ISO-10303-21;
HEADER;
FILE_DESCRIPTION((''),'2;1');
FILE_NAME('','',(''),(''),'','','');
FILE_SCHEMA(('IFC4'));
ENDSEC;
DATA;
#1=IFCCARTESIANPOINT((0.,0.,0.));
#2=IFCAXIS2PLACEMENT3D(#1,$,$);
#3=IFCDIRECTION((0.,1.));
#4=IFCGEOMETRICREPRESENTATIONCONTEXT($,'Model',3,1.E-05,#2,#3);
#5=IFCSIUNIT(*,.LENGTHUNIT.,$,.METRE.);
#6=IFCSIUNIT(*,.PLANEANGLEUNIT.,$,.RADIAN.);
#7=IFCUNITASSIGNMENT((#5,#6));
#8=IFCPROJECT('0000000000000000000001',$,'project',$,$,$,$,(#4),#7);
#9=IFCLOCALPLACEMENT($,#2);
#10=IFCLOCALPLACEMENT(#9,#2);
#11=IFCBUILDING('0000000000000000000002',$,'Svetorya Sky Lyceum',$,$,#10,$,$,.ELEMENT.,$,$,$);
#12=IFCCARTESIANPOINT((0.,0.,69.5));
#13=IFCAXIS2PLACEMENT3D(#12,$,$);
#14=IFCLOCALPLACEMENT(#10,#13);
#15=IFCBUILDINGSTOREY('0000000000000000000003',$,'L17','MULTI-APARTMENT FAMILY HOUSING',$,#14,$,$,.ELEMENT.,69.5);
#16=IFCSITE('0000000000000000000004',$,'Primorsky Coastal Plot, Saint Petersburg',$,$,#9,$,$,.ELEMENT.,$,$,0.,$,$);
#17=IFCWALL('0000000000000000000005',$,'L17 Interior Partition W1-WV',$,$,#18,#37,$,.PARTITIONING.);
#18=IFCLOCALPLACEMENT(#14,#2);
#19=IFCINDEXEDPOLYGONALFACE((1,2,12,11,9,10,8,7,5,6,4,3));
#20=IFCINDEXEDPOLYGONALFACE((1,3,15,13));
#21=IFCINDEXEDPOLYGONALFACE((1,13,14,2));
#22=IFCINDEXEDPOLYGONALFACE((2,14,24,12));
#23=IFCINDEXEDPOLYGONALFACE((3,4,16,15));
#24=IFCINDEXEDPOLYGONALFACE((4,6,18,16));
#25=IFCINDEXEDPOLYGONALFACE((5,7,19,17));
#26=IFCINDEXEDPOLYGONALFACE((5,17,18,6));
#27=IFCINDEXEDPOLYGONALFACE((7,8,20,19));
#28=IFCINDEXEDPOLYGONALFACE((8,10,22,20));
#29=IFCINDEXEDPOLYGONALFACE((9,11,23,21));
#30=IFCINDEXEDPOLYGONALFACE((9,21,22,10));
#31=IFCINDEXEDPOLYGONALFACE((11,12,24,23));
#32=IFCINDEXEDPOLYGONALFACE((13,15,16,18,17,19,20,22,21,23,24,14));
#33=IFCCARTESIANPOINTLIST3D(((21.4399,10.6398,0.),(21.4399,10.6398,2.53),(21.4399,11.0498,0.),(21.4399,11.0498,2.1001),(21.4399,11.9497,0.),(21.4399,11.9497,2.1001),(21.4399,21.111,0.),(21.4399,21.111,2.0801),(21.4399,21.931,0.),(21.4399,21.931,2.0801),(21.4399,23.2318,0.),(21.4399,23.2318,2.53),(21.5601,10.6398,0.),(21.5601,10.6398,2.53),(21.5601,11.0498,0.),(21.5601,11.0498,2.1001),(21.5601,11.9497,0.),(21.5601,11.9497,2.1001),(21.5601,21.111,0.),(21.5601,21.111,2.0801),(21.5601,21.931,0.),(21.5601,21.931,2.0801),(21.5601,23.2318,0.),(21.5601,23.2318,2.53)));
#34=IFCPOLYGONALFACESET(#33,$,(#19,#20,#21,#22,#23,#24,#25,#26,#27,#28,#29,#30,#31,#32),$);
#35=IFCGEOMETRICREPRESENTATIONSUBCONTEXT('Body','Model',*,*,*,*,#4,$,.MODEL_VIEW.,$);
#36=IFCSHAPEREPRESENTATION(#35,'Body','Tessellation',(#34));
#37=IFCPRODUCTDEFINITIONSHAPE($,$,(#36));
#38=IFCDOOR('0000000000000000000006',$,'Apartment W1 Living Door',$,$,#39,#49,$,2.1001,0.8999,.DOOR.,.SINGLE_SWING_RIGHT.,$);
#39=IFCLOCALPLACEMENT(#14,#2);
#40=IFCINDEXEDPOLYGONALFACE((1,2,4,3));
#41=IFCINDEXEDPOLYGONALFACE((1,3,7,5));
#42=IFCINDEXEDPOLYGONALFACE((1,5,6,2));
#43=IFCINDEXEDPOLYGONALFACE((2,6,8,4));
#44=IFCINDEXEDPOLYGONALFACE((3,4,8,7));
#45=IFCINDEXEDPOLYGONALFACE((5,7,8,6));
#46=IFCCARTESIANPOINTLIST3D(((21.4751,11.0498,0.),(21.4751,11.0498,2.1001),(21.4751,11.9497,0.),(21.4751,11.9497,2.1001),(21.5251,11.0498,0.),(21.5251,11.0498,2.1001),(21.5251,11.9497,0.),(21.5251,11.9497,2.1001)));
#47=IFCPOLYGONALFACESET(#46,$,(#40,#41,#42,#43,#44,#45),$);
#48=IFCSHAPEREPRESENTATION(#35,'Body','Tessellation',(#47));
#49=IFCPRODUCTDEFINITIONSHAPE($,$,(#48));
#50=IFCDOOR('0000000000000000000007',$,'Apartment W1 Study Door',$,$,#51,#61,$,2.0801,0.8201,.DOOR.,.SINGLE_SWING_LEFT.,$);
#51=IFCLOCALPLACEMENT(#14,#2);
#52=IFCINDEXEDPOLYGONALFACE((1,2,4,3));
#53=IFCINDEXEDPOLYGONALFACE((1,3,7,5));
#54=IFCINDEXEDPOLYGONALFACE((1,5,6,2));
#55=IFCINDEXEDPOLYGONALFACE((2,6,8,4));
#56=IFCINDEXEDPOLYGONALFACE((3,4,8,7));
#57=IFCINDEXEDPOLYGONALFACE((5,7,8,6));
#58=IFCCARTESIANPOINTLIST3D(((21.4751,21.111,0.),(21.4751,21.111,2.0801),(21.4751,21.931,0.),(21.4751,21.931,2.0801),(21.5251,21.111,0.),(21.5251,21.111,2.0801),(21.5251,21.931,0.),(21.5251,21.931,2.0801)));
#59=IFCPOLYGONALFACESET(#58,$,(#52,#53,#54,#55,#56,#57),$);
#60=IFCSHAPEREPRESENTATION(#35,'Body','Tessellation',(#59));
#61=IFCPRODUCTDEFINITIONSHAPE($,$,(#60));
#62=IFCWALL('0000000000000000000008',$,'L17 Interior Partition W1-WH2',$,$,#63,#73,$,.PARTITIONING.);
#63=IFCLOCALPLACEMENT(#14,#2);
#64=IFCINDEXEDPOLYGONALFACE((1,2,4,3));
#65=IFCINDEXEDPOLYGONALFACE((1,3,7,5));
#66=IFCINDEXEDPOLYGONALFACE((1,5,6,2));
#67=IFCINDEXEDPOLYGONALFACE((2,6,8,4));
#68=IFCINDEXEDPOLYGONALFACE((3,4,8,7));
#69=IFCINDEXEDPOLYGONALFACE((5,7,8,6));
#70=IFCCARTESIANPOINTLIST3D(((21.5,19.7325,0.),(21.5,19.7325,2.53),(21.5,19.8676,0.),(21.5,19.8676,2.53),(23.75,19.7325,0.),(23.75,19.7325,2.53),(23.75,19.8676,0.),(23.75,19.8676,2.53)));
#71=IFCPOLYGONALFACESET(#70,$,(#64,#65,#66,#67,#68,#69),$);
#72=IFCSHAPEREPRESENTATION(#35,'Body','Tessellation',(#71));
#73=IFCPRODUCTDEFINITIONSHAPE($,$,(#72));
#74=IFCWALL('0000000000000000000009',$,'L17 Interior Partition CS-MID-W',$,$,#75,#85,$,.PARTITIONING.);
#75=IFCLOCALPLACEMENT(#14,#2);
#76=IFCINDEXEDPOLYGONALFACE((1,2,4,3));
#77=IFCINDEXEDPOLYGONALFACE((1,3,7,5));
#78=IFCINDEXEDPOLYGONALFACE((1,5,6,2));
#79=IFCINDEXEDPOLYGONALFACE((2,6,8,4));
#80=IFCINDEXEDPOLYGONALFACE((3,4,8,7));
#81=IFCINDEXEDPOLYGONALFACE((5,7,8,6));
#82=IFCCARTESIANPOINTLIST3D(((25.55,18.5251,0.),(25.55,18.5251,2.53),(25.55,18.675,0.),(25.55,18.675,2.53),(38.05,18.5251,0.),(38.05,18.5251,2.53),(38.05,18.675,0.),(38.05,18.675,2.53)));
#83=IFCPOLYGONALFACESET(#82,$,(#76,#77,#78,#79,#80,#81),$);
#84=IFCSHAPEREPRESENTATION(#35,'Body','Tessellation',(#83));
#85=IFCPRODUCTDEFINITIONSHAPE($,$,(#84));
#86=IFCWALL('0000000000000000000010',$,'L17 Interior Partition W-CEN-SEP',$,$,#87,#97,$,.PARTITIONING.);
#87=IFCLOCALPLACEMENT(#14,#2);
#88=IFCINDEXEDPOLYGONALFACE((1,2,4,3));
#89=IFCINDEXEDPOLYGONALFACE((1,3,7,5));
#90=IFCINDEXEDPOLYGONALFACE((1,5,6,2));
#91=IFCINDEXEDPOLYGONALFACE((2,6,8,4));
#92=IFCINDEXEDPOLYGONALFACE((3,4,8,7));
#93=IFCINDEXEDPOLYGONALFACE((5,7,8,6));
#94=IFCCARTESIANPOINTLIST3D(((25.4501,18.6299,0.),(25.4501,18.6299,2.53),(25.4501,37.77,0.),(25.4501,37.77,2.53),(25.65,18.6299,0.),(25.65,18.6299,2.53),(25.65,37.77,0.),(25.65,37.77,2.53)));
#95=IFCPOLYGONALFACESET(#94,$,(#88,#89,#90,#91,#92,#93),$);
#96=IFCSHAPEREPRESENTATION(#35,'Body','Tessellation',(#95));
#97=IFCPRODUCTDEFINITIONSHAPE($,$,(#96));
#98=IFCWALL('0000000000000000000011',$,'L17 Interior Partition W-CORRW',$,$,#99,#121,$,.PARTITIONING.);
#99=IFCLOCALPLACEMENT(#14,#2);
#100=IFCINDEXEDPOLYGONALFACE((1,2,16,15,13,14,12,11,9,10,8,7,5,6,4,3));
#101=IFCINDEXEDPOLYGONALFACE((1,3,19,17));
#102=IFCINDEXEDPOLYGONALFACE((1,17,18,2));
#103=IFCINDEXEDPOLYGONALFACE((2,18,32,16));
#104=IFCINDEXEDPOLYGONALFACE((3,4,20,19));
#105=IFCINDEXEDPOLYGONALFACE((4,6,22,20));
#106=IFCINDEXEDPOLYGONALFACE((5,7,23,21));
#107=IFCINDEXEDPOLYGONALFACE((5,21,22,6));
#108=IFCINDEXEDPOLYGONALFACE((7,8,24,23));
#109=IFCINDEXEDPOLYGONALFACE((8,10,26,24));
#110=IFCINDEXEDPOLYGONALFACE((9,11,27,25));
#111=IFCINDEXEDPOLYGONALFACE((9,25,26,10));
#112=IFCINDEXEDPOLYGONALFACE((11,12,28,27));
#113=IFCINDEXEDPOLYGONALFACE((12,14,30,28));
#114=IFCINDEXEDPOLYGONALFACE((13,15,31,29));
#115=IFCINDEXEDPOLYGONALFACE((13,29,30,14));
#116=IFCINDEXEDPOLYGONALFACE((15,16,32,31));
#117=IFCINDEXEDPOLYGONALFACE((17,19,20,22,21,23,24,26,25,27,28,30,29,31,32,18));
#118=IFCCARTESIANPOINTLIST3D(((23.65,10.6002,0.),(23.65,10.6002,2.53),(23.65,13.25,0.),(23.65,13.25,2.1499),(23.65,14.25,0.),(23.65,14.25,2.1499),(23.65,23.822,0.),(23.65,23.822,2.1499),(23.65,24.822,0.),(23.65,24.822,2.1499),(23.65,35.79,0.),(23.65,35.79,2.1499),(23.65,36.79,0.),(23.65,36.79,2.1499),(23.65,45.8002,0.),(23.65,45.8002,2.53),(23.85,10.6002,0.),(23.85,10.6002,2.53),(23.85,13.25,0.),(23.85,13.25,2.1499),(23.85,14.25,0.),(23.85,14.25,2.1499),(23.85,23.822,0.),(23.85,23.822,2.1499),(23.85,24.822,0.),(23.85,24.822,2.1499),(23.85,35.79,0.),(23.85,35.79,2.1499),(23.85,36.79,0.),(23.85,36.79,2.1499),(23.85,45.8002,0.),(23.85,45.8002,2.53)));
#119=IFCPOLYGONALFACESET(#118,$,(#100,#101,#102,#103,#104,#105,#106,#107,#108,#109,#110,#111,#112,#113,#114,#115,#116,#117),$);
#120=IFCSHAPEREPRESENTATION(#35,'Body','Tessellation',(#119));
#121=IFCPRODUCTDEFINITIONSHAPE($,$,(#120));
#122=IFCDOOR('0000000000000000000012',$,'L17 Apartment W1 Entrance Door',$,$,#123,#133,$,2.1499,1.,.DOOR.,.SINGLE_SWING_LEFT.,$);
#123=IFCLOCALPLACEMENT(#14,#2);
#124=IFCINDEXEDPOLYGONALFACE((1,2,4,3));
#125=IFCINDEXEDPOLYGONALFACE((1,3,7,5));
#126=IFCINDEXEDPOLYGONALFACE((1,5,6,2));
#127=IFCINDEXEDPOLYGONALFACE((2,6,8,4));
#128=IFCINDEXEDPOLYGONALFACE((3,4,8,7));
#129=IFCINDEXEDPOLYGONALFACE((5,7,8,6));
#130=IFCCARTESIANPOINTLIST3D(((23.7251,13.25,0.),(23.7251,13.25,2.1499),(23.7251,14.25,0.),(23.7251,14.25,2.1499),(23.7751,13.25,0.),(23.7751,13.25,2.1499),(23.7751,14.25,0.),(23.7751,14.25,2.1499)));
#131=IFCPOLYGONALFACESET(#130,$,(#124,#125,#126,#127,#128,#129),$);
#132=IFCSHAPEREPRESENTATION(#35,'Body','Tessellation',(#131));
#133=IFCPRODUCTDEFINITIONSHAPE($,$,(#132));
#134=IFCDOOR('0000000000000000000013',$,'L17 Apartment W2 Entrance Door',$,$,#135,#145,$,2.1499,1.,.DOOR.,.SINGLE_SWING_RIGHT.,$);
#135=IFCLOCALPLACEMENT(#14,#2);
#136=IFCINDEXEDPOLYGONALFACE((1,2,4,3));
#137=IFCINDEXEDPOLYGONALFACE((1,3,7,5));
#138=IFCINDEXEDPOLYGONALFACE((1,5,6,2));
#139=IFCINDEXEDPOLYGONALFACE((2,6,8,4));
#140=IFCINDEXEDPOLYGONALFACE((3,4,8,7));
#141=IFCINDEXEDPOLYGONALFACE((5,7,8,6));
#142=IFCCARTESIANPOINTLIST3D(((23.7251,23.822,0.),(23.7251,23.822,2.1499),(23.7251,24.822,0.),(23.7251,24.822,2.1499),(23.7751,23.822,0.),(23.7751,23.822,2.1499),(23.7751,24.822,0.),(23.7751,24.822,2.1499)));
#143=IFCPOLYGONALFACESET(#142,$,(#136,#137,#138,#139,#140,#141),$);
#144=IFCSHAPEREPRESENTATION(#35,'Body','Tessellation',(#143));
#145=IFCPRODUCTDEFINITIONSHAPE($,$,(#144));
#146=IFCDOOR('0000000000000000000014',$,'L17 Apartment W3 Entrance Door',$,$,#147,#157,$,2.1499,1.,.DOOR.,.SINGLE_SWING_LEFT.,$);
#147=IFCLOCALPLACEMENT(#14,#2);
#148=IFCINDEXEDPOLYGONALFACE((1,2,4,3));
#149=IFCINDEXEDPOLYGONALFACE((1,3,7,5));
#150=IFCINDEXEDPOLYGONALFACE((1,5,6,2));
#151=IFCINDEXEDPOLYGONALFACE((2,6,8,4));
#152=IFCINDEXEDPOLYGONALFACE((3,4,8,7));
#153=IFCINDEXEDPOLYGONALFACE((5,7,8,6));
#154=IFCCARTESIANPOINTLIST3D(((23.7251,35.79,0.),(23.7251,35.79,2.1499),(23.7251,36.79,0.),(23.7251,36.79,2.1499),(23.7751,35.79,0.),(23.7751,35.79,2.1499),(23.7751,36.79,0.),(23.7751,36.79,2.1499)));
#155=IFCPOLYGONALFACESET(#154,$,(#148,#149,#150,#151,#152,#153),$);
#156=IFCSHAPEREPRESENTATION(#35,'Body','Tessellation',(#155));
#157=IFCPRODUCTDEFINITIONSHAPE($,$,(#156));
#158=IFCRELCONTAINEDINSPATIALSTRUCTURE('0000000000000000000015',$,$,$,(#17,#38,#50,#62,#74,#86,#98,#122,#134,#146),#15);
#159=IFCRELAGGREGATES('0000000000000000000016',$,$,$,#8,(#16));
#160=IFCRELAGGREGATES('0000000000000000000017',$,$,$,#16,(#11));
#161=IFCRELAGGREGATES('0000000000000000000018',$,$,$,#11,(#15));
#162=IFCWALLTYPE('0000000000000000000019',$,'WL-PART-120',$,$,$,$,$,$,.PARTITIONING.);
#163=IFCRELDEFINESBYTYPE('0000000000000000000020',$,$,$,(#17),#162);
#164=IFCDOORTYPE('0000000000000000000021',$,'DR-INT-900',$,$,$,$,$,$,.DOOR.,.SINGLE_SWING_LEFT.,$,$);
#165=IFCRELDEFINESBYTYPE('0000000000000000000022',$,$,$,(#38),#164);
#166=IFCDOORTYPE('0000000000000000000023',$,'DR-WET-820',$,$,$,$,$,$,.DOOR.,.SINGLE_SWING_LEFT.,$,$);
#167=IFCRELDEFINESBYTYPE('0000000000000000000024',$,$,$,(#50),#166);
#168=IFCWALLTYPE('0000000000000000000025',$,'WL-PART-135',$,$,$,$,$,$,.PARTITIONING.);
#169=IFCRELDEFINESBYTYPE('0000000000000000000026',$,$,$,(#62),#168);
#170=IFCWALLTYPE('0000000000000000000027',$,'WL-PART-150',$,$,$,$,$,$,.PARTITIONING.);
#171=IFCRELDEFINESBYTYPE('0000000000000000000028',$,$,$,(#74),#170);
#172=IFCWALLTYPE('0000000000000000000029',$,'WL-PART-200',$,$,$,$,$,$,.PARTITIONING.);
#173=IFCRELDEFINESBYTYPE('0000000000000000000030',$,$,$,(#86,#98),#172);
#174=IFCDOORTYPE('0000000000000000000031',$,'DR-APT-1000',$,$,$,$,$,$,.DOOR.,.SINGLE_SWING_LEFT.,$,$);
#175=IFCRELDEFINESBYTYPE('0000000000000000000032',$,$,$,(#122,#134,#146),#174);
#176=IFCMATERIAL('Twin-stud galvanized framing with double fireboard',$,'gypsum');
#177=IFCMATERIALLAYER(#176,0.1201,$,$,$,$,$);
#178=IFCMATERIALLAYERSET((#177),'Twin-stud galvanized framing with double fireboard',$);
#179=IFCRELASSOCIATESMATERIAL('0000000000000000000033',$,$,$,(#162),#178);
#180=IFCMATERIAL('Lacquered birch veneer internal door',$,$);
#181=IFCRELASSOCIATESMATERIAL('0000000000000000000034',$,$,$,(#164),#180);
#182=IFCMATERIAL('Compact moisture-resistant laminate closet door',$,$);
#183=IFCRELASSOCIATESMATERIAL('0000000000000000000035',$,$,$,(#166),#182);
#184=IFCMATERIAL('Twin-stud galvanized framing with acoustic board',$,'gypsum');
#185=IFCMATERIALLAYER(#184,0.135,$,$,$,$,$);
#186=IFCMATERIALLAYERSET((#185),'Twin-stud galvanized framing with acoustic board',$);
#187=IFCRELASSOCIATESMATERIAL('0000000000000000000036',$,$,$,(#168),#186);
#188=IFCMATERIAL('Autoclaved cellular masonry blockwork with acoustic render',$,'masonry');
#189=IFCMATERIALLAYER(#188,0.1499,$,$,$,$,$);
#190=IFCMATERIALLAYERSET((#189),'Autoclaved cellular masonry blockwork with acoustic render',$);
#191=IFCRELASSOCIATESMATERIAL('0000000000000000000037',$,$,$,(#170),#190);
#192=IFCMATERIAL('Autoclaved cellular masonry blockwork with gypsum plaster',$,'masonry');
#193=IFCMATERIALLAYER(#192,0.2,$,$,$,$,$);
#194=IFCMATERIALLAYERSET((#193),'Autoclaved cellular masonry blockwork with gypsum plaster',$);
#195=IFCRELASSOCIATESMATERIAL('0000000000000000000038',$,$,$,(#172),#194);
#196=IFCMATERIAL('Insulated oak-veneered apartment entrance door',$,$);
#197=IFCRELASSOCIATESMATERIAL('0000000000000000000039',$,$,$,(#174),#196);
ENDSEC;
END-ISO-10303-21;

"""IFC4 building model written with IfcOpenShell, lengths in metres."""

from ifc_helpers import new_model, si_unit, direction, frame, frame_2d, origin, place, context, subcontext, project, spatial, rectangle, extrude, material, layer, layer_set, type_object, element, fill, save


model = new_model("IFC4")

# Units and contexts
model_context = context("Model", 3, precision=1e-05, world=origin(), true_north=direction((0.0, 1.0)))
body_context = subcontext(model_context, "Body", "Model", "MODEL_VIEW")
ifc_project = project(units=[si_unit("LENGTHUNIT", "METRE"), si_unit("PLANEANGLEUNIT", "RADIAN")], contexts=[model_context])

# Site, building, storey
site_placement = place(None, origin())
site = spatial("IfcSite", under=ifc_project, at=site_placement, Name="Primorsky Coastal Plot, Saint Petersburg", CompositionType="ELEMENT", RefElevation=0.0)
building_placement = place(site_placement, origin())
building = spatial("IfcBuilding", under=site, at=building_placement, Name="Svetorya Sky Lyceum", CompositionType="ELEMENT")
storey_placement = place(building_placement, frame((0.0, 0.0, 69.5)))
storey = spatial("IfcBuildingStorey", under=building, at=storey_placement, Name="L17", Description="MULTI-APARTMENT FAMILY HOUSING", CompositionType="ELEMENT", Elevation=69.5)

# Shared definitions
ifc_material_1 = material(Name="Twin-stud galvanized framing with double fireboard", Category="gypsum")
ifc_layer_1 = layer(ifc_material_1, 0.1201)
ifc_layer_set_1 = layer_set([ifc_layer_1], Name="Twin-stud galvanized framing with double fireboard")
wall_type_1 = type_object("IfcWallType", Name="WL-PART-120", PredefinedType="PARTITIONING", material=ifc_layer_set_1)

# Wall, openings, doors
wall_1_placement = place(storey_placement, frame((21.5, 10.6399, 0.0), z_axis=(0.0, 0.0, 1.0), x_axis=(0.0, 1.0, 0.0)))
wall_1 = element("IfcWall", 1, at=wall_1_placement, inside=storey, type_object=wall_type_1, Name="L17 Interior Partition W1-WV", PredefinedType="PARTITIONING", context=body_context, shape_type="SweptSolid", body=[
    extrude(rectangle(XDim=12.592, YDim=0.1201, at=frame_2d((6.2959, 0.0))), origin(), (0.0, 0.0, 1.0), 2.53),
])
opening_1_placement = place(wall_1_placement, frame((0.4099, 0.0, 0.0)))
opening_1 = element("IfcOpeningElement", 2, at=opening_1_placement, cuts=wall_1, PredefinedType="OPENING", context=body_context, shape_type="SweptSolid", body=[
    extrude(rectangle(XDim=0.8999, YDim=2.1001, at=frame_2d((0.45, 1.05))), frame((0.0, 0.0701, 0.0), z_axis=(0.0, -1.0, 0.0), x_axis=(1.0, 0.0, 0.0)), (0.0, 0.0, 1.0), 0.1401),
])
opening_2_placement = place(wall_1_placement, frame((10.4709, 0.0, 0.0)))
opening_2 = element("IfcOpeningElement", 3, at=opening_2_placement, cuts=wall_1, PredefinedType="OPENING", context=body_context, shape_type="SweptSolid", body=[
    extrude(rectangle(XDim=0.8201, YDim=2.0801, at=frame_2d((0.4102, 1.04))), frame((0.0, 0.0701, 0.0), z_axis=(0.0, -1.0, 0.0), x_axis=(1.0, 0.0, 0.0)), (0.0, 0.0, 1.0), 0.1401),
])
ifc_material_2 = material(Name="Lacquered birch veneer internal door")
door_type_1 = type_object("IfcDoorType", Name="DR-INT-900", OperationType="SINGLE_SWING_LEFT", PredefinedType="DOOR", material=ifc_material_2)
door_1_placement = place(opening_1_placement, origin())
door_1 = element("IfcDoor", 4, at=door_1_placement, inside=storey, type_object=door_type_1, Name="Apartment W1 Living Door", OperationType="SINGLE_SWING_RIGHT", OverallHeight=2.1001, OverallWidth=0.8999, PredefinedType="DOOR", context=body_context, shape_type="SweptSolid", body=[
    extrude(rectangle(XDim=0.8999, YDim=2.1001, at=frame_2d((0.45, 1.05))), frame((0.0, 0.0249, 0.0), z_axis=(0.0, -1.0, 0.0), x_axis=(1.0, 0.0, 0.0)), (0.0, 0.0, 1.0), 0.05),
])
fill(opening_1, door_1)
ifc_material_3 = material(Name="Compact moisture-resistant laminate closet door")
door_type_2 = type_object("IfcDoorType", Name="DR-WET-820", OperationType="SINGLE_SWING_LEFT", PredefinedType="DOOR", material=ifc_material_3)
door_2_placement = place(opening_2_placement, origin())
door_2 = element("IfcDoor", 5, at=door_2_placement, inside=storey, type_object=door_type_2, Name="Apartment W1 Study Door", OperationType="SINGLE_SWING_LEFT", OverallHeight=2.0801, OverallWidth=0.8201, PredefinedType="DOOR", context=body_context, shape_type="SweptSolid", body=[
    extrude(rectangle(XDim=0.8201, YDim=2.0801, at=frame_2d((0.4102, 1.04))), frame((0.0, 0.0249, 0.0), z_axis=(0.0, -1.0, 0.0), x_axis=(1.0, 0.0, 0.0)), (0.0, 0.0, 1.0), 0.05),
])
fill(opening_2, door_2)

# Walls
ifc_material_4 = material(Name="Twin-stud galvanized framing with acoustic board", Category="gypsum")
ifc_layer_2 = layer(ifc_material_4, 0.135)
ifc_layer_set_2 = layer_set([ifc_layer_2], Name="Twin-stud galvanized framing with acoustic board")
wall_type_2 = type_object("IfcWallType", Name="WL-PART-135", PredefinedType="PARTITIONING", material=ifc_layer_set_2)
wall_2_placement = place(storey_placement, frame((21.5, 19.8, 0.0), z_axis=(0.0, 0.0, 1.0), x_axis=(1.0, 0.0, 0.0)))
element("IfcWall", 6, at=wall_2_placement, inside=storey, type_object=wall_type_2, Name="L17 Interior Partition W1-WH2", PredefinedType="PARTITIONING", context=body_context, shape_type="SweptSolid", body=[
    extrude(rectangle(XDim=2.25, YDim=0.135, at=frame_2d((1.125, 0.0))), origin(), (0.0, 0.0, 1.0), 2.53),
])
ifc_material_5 = material(Name="Autoclaved cellular masonry blockwork with acoustic render", Category="masonry")
ifc_layer_3 = layer(ifc_material_5, 0.1499)
ifc_layer_set_3 = layer_set([ifc_layer_3], Name="Autoclaved cellular masonry blockwork with acoustic render")
wall_type_3 = type_object("IfcWallType", Name="WL-PART-150", PredefinedType="PARTITIONING", material=ifc_layer_set_3)
wall_3_placement = place(storey_placement, frame((25.55, 18.6001, 0.0), z_axis=(0.0, 0.0, 1.0), x_axis=(1.0, 0.0, 0.0)))
element("IfcWall", 7, at=wall_3_placement, inside=storey, type_object=wall_type_3, Name="L17 Interior Partition CS-MID-W", PredefinedType="PARTITIONING", context=body_context, shape_type="SweptSolid", body=[
    extrude(rectangle(XDim=12.5, YDim=0.1499, at=frame_2d((6.25, 0.0))), origin(), (0.0, 0.0, 1.0), 2.53),
])
ifc_material_6 = material(Name="Autoclaved cellular masonry blockwork with gypsum plaster", Category="masonry")
ifc_layer_4 = layer(ifc_material_6, 0.2)
ifc_layer_set_4 = layer_set([ifc_layer_4], Name="Autoclaved cellular masonry blockwork with gypsum plaster")
wall_type_4 = type_object("IfcWallType", Name="WL-PART-200", PredefinedType="PARTITIONING", material=ifc_layer_set_4)
wall_4_placement = place(storey_placement, frame((25.55, 18.6299, 0.0), z_axis=(0.0, 0.0, 1.0), x_axis=(0.0, 1.0, 0.0)))
element("IfcWall", 8, at=wall_4_placement, inside=storey, type_object=wall_type_4, Name="L17 Interior Partition W-CEN-SEP", PredefinedType="PARTITIONING", context=body_context, shape_type="SweptSolid", body=[
    extrude(rectangle(XDim=19.1401, YDim=0.2, at=frame_2d((9.5701, 0.0))), origin(), (0.0, 0.0, 1.0), 2.53),
])

# Wall, openings, doors
wall_5_placement = place(storey_placement, frame((23.75, 10.6001, 0.0), z_axis=(0.0, 0.0, 1.0), x_axis=(0.0, 1.0, 0.0)))
wall_5 = element("IfcWall", 9, at=wall_5_placement, inside=storey, type_object=wall_type_4, Name="L17 Interior Partition W-CORRW", PredefinedType="PARTITIONING", context=body_context, shape_type="SweptSolid", body=[
    extrude(rectangle(XDim=35.2, YDim=0.2, at=frame_2d((17.6001, 0.0))), origin(), (0.0, 0.0, 1.0), 2.53),
])
opening_3_placement = place(wall_5_placement, frame((2.6499, 0.0, 0.0)))
opening_3 = element("IfcOpeningElement", 10, at=opening_3_placement, cuts=wall_5, PredefinedType="OPENING", context=body_context, shape_type="SweptSolid", body=[
    extrude(rectangle(XDim=1.0, YDim=2.1499, at=frame_2d((0.5, 1.075))), frame((0.0, 0.1099, 0.0), z_axis=(0.0, -1.0, 0.0), x_axis=(1.0, 0.0, 0.0)), (0.0, 0.0, 1.0), 0.22),
])
opening_4_placement = place(wall_5_placement, frame((13.2219, 0.0, 0.0)))
opening_4 = element("IfcOpeningElement", 11, at=opening_4_placement, cuts=wall_5, PredefinedType="OPENING", context=body_context, shape_type="SweptSolid", body=[
    extrude(rectangle(XDim=1.0, YDim=2.1499, at=frame_2d((0.5, 1.075))), frame((0.0, 0.1099, 0.0), z_axis=(0.0, -1.0, 0.0), x_axis=(1.0, 0.0, 0.0)), (0.0, 0.0, 1.0), 0.22),
])
opening_5_placement = place(wall_5_placement, frame((25.1899, 0.0, 0.0)))
opening_5 = element("IfcOpeningElement", 12, at=opening_5_placement, cuts=wall_5, PredefinedType="OPENING", context=body_context, shape_type="SweptSolid", body=[
    extrude(rectangle(XDim=1.0, YDim=2.1499, at=frame_2d((0.5, 1.075))), frame((0.0, 0.1099, 0.0), z_axis=(0.0, -1.0, 0.0), x_axis=(1.0, 0.0, 0.0)), (0.0, 0.0, 1.0), 0.22),
])
ifc_material_7 = material(Name="Insulated oak-veneered apartment entrance door")
door_type_3 = type_object("IfcDoorType", Name="DR-APT-1000", OperationType="SINGLE_SWING_LEFT", PredefinedType="DOOR", material=ifc_material_7)
door_3_placement = place(opening_3_placement, origin())
door_3 = element("IfcDoor", 13, at=door_3_placement, inside=storey, type_object=door_type_3, Name="L17 Apartment W1 Entrance Door", OperationType="SINGLE_SWING_LEFT", OverallHeight=2.1499, OverallWidth=1.0, PredefinedType="DOOR", context=body_context, shape_type="SweptSolid", body=[
    extrude(rectangle(XDim=1.0, YDim=2.1499, at=frame_2d((0.5, 1.075))), frame((0.0, 0.0249, 0.0), z_axis=(0.0, -1.0, 0.0), x_axis=(1.0, 0.0, 0.0)), (0.0, 0.0, 1.0), 0.05),
])
fill(opening_3, door_3)
door_4_placement = place(opening_4_placement, origin())
door_4 = element("IfcDoor", 14, at=door_4_placement, inside=storey, type_object=door_type_3, Name="L17 Apartment W2 Entrance Door", OperationType="SINGLE_SWING_RIGHT", OverallHeight=2.1499, OverallWidth=1.0, PredefinedType="DOOR", context=body_context, shape_type="SweptSolid", body=[
    extrude(rectangle(XDim=1.0, YDim=2.1499, at=frame_2d((0.5, 1.075))), frame((0.0, 0.0249, 0.0), z_axis=(0.0, -1.0, 0.0), x_axis=(1.0, 0.0, 0.0)), (0.0, 0.0, 1.0), 0.05),
])
fill(opening_4, door_4)
door_5_placement = place(opening_5_placement, origin())
door_5 = element("IfcDoor", 15, at=door_5_placement, inside=storey, type_object=door_type_3, Name="L17 Apartment W3 Entrance Door", OperationType="SINGLE_SWING_LEFT", OverallHeight=2.1499, OverallWidth=1.0, PredefinedType="DOOR", context=body_context, shape_type="SweptSolid", body=[
    extrude(rectangle(XDim=1.0, YDim=2.1499, at=frame_2d((0.5, 1.075))), frame((0.0, 0.0249, 0.0), z_axis=(0.0, -1.0, 0.0), x_axis=(1.0, 0.0, 0.0)), (0.0, 0.0, 1.0), 0.05),
])
fill(opening_5, door_5)

save(model, "model.ifc")
